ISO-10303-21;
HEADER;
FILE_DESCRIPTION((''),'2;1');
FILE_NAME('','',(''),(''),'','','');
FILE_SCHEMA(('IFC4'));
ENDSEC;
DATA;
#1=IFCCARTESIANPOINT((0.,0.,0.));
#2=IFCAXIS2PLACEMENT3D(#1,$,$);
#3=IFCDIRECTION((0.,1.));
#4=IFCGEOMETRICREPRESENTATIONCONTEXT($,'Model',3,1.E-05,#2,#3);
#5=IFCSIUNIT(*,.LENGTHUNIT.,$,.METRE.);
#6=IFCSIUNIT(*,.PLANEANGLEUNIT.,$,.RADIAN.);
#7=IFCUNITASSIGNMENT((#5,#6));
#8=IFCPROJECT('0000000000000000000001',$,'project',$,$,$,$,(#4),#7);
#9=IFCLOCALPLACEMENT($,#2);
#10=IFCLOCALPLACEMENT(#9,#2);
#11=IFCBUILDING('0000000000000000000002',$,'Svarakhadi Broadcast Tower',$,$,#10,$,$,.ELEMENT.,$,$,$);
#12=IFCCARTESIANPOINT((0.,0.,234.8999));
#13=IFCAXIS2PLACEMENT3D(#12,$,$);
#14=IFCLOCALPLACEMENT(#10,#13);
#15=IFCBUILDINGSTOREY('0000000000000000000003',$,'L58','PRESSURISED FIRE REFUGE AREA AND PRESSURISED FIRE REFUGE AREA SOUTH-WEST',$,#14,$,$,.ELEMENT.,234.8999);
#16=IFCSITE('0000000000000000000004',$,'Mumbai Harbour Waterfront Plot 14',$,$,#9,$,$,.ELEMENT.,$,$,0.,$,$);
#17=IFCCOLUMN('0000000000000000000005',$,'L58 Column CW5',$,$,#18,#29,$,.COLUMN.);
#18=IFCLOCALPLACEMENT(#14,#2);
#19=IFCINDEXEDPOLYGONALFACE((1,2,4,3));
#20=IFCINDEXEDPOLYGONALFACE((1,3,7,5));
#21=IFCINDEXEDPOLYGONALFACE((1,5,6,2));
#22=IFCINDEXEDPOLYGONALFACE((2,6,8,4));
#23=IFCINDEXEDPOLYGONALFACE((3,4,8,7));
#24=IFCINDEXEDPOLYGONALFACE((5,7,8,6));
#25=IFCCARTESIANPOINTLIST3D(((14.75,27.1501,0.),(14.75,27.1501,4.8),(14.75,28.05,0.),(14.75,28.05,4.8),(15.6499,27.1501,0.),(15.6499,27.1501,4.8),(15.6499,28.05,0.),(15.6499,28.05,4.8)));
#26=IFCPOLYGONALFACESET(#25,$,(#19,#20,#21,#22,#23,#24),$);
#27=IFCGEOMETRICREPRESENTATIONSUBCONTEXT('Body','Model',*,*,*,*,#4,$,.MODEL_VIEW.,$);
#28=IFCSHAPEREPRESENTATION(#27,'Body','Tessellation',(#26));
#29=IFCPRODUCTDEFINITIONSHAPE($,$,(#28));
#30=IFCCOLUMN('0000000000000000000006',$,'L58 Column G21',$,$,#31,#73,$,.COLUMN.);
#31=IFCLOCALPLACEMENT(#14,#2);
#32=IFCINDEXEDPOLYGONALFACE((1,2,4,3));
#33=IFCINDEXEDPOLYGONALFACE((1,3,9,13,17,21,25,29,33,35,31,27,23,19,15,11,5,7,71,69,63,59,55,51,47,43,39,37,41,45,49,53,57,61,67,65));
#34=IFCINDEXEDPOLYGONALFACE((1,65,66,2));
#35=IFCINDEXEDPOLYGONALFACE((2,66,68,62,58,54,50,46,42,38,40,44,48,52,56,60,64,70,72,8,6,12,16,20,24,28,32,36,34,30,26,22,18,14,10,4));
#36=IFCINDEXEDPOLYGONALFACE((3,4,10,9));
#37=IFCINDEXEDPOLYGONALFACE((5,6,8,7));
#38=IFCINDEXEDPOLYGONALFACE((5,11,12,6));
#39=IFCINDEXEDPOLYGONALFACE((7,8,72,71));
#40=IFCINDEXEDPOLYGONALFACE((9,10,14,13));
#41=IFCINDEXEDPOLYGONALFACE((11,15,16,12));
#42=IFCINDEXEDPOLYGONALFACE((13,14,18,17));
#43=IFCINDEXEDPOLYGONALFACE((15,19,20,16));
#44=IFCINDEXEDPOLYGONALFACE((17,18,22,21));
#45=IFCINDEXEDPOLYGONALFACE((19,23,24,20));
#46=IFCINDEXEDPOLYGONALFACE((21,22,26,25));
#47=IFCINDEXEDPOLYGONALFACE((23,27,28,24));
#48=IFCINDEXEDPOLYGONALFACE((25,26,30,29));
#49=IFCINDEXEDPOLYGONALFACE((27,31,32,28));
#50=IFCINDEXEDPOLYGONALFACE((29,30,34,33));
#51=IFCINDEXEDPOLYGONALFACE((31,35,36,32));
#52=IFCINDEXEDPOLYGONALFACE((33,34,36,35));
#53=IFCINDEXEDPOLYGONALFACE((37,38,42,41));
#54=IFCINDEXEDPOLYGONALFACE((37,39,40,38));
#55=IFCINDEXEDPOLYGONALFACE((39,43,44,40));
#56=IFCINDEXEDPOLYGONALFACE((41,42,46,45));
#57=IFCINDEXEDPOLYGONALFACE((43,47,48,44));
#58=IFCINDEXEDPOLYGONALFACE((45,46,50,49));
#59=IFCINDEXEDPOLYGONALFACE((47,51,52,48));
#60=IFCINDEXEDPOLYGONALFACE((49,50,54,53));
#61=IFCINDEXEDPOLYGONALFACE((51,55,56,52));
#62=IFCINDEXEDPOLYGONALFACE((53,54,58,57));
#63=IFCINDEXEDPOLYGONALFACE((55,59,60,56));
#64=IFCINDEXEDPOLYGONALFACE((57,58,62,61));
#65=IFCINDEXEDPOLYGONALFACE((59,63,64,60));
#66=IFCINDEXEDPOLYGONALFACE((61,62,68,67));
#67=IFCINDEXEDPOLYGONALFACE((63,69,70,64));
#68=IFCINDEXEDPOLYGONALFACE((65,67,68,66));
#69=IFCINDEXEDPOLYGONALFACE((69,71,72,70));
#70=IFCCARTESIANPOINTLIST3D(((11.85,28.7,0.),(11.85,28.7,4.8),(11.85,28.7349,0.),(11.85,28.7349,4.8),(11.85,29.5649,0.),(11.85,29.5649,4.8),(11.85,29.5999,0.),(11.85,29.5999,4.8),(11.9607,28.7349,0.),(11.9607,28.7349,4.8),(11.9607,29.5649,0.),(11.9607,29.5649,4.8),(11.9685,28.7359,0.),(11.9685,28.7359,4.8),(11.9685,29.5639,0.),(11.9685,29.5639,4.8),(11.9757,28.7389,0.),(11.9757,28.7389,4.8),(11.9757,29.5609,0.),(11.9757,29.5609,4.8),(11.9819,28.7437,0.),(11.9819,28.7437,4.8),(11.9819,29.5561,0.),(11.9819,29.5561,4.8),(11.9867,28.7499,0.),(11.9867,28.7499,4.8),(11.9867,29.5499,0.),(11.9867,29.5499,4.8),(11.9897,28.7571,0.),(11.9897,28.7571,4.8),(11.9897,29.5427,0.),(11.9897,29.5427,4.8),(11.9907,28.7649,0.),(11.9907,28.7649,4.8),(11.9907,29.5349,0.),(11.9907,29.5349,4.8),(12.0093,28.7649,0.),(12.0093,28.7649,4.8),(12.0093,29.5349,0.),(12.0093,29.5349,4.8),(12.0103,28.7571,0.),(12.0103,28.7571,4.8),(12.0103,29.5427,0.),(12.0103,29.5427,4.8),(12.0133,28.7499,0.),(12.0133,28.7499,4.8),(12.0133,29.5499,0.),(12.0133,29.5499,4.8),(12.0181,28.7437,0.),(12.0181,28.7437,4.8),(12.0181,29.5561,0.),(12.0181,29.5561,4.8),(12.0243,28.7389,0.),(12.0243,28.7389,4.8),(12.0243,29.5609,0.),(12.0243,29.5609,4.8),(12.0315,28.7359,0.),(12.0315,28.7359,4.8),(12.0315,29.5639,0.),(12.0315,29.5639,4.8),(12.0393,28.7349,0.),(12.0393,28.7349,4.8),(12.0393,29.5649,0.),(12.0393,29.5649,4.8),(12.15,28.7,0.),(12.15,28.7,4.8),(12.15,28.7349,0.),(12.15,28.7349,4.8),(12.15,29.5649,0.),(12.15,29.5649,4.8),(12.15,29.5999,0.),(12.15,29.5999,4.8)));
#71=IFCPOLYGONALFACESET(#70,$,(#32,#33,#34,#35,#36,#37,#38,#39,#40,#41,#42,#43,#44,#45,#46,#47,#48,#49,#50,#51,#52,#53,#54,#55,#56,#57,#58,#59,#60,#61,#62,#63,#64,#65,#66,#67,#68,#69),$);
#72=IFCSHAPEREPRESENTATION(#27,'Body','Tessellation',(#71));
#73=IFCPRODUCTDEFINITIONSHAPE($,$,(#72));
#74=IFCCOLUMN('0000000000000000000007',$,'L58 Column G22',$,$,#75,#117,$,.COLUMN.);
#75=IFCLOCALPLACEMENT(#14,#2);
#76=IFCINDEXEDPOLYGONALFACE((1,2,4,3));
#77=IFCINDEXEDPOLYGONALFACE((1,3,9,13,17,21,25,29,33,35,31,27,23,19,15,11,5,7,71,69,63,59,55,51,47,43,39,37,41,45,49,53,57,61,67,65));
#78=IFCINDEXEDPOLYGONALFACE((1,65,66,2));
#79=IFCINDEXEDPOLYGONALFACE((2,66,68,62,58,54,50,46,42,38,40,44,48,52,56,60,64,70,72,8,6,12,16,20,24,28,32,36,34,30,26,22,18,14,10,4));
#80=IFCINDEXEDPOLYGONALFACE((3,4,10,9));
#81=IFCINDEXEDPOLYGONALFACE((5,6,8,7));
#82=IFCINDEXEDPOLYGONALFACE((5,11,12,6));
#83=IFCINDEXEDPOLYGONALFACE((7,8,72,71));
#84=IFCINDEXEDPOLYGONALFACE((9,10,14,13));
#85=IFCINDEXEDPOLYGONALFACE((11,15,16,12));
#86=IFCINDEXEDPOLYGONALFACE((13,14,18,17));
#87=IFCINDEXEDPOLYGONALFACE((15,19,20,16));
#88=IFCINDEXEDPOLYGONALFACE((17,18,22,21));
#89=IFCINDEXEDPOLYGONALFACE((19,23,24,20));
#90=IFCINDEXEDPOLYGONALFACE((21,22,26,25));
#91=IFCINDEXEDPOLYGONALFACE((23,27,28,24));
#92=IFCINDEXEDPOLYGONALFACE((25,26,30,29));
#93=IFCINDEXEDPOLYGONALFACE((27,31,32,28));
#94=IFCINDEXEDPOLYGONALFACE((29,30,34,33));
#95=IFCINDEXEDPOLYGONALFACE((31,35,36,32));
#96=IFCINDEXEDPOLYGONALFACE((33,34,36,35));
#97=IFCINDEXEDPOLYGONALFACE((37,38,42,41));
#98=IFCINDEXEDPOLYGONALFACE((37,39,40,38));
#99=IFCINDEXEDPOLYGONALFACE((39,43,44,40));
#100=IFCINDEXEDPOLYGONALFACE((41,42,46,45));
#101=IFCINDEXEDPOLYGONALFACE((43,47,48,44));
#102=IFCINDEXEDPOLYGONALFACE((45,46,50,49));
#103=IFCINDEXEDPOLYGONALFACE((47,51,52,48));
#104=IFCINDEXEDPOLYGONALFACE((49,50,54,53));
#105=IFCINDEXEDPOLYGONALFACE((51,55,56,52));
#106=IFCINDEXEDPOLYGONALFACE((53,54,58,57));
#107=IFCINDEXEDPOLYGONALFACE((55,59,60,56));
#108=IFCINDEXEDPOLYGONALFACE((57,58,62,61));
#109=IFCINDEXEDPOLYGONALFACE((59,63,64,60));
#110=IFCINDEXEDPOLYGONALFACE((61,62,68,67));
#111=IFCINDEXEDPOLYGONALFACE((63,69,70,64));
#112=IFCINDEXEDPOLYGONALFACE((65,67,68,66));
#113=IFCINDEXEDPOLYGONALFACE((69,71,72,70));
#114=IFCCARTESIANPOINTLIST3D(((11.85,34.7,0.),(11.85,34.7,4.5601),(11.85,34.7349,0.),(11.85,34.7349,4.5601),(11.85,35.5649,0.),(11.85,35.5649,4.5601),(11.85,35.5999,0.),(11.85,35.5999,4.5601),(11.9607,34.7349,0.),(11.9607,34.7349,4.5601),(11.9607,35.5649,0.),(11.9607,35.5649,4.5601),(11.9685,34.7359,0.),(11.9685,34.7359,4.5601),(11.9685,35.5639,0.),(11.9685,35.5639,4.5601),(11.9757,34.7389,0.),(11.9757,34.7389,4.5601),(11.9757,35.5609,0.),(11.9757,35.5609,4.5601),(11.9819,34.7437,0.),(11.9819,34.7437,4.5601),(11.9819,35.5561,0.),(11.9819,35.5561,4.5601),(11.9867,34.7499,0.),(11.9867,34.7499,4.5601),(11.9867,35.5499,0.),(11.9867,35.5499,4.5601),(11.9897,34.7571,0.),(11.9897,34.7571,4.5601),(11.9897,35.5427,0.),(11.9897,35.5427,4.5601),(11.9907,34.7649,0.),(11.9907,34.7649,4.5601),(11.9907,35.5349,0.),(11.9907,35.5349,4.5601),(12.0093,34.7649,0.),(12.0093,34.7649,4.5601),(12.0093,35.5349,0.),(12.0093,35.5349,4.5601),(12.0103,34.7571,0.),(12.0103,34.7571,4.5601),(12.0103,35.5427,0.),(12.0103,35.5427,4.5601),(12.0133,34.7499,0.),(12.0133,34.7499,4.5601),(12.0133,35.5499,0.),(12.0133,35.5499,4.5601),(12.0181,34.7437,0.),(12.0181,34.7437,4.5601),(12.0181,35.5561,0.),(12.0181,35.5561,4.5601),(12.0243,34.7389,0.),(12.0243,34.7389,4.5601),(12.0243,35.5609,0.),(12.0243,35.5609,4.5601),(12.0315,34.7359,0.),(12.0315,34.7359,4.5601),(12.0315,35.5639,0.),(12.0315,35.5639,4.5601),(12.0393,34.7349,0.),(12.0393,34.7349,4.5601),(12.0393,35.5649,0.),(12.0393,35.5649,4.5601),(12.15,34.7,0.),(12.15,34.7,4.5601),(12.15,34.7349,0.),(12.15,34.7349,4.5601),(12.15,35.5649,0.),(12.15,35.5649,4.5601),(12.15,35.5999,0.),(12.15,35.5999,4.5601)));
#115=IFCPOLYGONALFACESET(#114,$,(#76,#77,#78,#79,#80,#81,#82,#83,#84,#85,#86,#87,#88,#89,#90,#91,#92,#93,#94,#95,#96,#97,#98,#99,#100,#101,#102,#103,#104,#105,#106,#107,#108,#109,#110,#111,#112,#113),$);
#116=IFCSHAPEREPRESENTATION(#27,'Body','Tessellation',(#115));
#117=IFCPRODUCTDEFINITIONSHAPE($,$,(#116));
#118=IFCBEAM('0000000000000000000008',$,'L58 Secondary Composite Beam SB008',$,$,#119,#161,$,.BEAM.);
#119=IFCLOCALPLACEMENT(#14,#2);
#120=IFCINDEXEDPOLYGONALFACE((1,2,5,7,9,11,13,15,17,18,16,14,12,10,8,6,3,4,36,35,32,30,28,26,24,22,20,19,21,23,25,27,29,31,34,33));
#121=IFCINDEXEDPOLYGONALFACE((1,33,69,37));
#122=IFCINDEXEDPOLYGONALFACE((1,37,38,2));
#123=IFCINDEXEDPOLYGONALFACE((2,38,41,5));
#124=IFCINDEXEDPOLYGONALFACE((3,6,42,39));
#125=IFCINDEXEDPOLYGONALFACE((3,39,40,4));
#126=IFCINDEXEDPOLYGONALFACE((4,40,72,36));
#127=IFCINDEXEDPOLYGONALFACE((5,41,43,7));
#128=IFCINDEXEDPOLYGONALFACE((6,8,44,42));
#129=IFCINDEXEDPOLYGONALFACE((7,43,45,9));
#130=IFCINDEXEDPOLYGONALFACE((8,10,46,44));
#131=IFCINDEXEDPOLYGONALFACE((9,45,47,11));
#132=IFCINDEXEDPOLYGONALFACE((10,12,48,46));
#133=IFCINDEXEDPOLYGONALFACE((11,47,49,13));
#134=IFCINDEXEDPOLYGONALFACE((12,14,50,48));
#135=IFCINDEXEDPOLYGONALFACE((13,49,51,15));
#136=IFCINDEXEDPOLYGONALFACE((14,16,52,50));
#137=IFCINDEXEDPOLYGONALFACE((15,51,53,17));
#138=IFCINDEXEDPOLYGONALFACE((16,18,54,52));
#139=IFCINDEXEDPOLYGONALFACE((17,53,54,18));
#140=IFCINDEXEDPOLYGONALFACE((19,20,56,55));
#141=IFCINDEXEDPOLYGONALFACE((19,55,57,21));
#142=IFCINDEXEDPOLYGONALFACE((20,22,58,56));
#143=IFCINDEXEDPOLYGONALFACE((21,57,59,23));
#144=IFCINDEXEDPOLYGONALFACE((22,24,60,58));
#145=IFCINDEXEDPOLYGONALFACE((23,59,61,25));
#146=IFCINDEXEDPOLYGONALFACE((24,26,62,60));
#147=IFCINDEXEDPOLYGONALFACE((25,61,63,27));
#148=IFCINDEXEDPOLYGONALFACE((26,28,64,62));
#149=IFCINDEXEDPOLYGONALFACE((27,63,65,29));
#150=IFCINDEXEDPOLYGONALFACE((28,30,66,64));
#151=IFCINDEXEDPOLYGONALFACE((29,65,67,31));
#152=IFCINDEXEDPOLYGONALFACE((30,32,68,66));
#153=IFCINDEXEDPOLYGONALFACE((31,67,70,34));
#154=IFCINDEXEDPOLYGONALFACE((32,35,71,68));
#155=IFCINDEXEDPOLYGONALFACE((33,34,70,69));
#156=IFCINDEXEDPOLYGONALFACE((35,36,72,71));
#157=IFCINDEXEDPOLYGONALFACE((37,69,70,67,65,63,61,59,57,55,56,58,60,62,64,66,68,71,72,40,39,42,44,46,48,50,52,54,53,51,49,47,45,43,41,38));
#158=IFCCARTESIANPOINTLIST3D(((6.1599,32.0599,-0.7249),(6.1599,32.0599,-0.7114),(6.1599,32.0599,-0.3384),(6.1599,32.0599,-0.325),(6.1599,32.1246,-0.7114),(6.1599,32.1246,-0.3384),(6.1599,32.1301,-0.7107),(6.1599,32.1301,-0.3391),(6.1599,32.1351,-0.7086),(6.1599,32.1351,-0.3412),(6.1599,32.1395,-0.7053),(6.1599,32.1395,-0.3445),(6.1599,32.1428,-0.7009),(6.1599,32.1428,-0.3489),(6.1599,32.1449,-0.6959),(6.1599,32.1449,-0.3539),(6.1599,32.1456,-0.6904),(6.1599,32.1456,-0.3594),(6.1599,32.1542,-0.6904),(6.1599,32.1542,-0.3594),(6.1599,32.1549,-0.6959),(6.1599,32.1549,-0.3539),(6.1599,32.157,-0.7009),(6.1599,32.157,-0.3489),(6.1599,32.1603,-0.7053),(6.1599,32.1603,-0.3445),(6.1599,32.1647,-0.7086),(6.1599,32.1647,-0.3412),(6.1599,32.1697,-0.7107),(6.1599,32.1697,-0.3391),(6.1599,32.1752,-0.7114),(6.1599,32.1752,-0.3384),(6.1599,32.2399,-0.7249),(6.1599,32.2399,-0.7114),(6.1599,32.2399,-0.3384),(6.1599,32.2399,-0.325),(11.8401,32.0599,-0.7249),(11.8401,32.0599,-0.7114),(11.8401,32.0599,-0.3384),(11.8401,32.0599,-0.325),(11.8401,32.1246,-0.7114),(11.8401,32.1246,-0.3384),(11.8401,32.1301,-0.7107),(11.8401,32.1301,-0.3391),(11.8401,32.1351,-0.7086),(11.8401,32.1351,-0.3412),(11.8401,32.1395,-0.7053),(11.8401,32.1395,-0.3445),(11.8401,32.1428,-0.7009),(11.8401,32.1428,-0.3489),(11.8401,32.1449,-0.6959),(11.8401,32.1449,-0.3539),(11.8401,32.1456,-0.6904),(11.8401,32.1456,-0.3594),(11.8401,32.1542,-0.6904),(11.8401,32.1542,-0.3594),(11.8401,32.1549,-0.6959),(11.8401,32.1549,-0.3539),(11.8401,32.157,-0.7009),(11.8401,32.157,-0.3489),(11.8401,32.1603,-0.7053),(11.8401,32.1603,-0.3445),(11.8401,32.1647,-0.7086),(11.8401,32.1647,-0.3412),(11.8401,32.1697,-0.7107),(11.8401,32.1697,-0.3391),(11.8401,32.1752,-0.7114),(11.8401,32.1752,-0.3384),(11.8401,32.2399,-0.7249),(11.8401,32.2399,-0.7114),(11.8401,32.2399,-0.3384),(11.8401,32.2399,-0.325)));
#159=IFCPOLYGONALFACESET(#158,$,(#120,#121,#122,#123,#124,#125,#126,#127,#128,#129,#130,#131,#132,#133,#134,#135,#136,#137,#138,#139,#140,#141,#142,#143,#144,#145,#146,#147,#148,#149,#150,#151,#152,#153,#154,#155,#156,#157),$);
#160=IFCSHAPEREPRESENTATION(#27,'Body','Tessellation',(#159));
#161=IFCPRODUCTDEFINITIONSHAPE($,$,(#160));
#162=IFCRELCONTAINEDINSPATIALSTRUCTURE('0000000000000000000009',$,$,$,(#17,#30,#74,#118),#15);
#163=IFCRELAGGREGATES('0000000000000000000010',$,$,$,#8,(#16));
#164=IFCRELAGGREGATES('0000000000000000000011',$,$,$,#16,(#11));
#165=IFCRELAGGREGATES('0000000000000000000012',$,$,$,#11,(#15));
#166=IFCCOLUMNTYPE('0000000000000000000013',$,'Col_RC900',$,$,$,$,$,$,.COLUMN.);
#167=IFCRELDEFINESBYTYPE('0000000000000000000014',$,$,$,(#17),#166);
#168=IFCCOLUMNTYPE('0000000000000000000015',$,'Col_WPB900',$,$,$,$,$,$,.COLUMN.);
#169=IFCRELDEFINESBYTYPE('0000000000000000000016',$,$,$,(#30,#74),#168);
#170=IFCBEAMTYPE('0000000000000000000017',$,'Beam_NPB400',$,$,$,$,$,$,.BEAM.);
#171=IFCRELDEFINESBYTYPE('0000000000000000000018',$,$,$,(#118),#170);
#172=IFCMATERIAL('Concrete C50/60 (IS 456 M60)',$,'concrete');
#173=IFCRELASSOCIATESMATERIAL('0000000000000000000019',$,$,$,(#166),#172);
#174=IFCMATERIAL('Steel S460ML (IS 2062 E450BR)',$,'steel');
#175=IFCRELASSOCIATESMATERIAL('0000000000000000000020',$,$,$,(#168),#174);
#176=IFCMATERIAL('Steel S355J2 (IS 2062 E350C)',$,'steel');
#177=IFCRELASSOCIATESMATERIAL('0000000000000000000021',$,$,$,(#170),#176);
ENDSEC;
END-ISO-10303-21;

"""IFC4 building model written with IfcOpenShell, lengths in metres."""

from ifc_helpers import new_model, si_unit, direction, frame, origin, origin_2d, place, context, subcontext, project, spatial, rectangle, i_section, extrude, material, material_profile, profile_set, type_object, element, save


model = new_model("IFC4")

# Units and contexts
model_context = context("Model", 3, precision=1e-05, world=origin(), true_north=direction((0.0, 1.0)))
body_context = subcontext(model_context, "Body", "Model", "MODEL_VIEW")
ifc_project = project(units=[si_unit("LENGTHUNIT", "METRE"), si_unit("PLANEANGLEUNIT", "RADIAN")], contexts=[model_context])

# Site, building, storey
site_placement = place(None, origin())
site = spatial("IfcSite", under=ifc_project, at=site_placement, Name="Mumbai Harbour Waterfront Plot 14", CompositionType="ELEMENT", RefElevation=0.0)
building_placement = place(site_placement, origin())
building = spatial("IfcBuilding", under=site, at=building_placement, Name="Svarakhadi Broadcast Tower", CompositionType="ELEMENT")
storey_placement = place(building_placement, frame((0.0, 0.0, 234.8999)))
storey = spatial("IfcBuildingStorey", under=building, at=storey_placement, Name="L58", Description="PRESSURISED FIRE REFUGE AREA AND PRESSURISED FIRE REFUGE AREA SOUTH-WEST", CompositionType="ELEMENT", Elevation=234.8999)

# Columns
ifc_material_1 = material(Name="Concrete C50/60 (IS 456 M60)", Category="concrete")
ifc_material_profile_1 = material_profile(ifc_material_1, rectangle(XDim=0.8999, YDim=0.8999, at=origin_2d()), Name="RC 900x900")
ifc_profile_set_1 = profile_set([ifc_material_profile_1], Name="Concrete C50/60 (IS 456 M60)")
column_type_1 = type_object("IfcColumnType", Name="Col_RC900", PredefinedType="COLUMN", material=ifc_profile_set_1)
column_1_placement = place(storey_placement, frame((15.2, 27.6001, 0.0), z_axis=(0.0, 0.0, 1.0), x_axis=(1.0, 0.0, 0.0)))
element("IfcColumn", 1, at=column_1_placement, inside=storey, type_object=column_type_1, Name="L58 Column CW5", PredefinedType="COLUMN", context=body_context, shape_type="SweptSolid", body=[
    extrude(rectangle(XDim=0.8999, YDim=0.8999, at=origin_2d()), origin(), (0.0, 0.0, 1.0), 4.8),
])
ifc_material_2 = material(Name="Steel S460ML (IS 2062 E450BR)", Category="steel")
ifc_material_profile_2 = material_profile(ifc_material_2, i_section(OverallWidth=0.3, OverallDepth=0.8999, WebThickness=0.0186, FlangeThickness=0.0349, FilletRadius=0.03, at=origin_2d()), Name="WPB 900x300x291")
ifc_profile_set_2 = profile_set([ifc_material_profile_2], Name="Steel S460ML (IS 2062 E450BR)")
column_type_2 = type_object("IfcColumnType", Name="Col_WPB900", PredefinedType="COLUMN", material=ifc_profile_set_2)
column_2_placement = place(storey_placement, frame((12.0, 29.1499, 0.0), z_axis=(0.0, 0.0, 1.0), x_axis=(1.0, 0.0, 0.0)))
element("IfcColumn", 2, at=column_2_placement, inside=storey, type_object=column_type_2, Name="L58 Column G21", PredefinedType="COLUMN", context=body_context, shape_type="SweptSolid", body=[
    extrude(i_section(OverallWidth=0.3, OverallDepth=0.8999, WebThickness=0.0186, FlangeThickness=0.0349, FilletRadius=0.03, at=origin_2d()), origin(), (0.0, 0.0, 1.0), 4.8),
])
column_3_placement = place(storey_placement, frame((12.0, 35.1499, 0.0), z_axis=(0.0, 0.0, 1.0), x_axis=(1.0, 0.0, 0.0)))
element("IfcColumn", 3, at=column_3_placement, inside=storey, type_object=column_type_2, Name="L58 Column G22", PredefinedType="COLUMN", context=body_context, shape_type="SweptSolid", body=[
    extrude(i_section(OverallWidth=0.3, OverallDepth=0.8999, WebThickness=0.0186, FlangeThickness=0.0349, FilletRadius=0.03, at=origin_2d()), origin(), (0.0, 0.0, 1.0), 4.5601),
])

# Beam
ifc_material_3 = material(Name="Steel S355J2 (IS 2062 E350C)", Category="steel")
ifc_material_profile_3 = material_profile(ifc_material_3, i_section(OverallWidth=0.1799, OverallDepth=0.3999, WebThickness=0.0085, FlangeThickness=0.0134, FilletRadius=0.021, at=origin_2d()), Name="NPB 400x180x66")
ifc_profile_set_3 = profile_set([ifc_material_profile_3], Name="Steel S355J2 (IS 2062 E350C)")
beam_type_1 = type_object("IfcBeamType", Name="Beam_NPB400", PredefinedType="BEAM", material=ifc_profile_set_3)
for number, where, z_axis, x_axis, name in (
    (4, (6.1599, 32.1499, -0.5249), (1.0, 0.0, 0.0), (0.0, 1.0, 0.0), "L58 Secondary Composite Beam SB008"),
):
    element("IfcBeam", number, at=place(storey_placement, frame(where, z_axis=z_axis, x_axis=x_axis)), inside=storey, type_object=beam_type_1, Name=name, PredefinedType="BEAM", context=body_context, shape_type="SweptSolid", body=[
        extrude(i_section(OverallWidth=0.1799, OverallDepth=0.3999, WebThickness=0.0085, FlangeThickness=0.0134, FilletRadius=0.021, at=origin_2d()), origin(), (0.0, 0.0, 1.0), 5.6802),
    ])

save(model, "model.ifc")
